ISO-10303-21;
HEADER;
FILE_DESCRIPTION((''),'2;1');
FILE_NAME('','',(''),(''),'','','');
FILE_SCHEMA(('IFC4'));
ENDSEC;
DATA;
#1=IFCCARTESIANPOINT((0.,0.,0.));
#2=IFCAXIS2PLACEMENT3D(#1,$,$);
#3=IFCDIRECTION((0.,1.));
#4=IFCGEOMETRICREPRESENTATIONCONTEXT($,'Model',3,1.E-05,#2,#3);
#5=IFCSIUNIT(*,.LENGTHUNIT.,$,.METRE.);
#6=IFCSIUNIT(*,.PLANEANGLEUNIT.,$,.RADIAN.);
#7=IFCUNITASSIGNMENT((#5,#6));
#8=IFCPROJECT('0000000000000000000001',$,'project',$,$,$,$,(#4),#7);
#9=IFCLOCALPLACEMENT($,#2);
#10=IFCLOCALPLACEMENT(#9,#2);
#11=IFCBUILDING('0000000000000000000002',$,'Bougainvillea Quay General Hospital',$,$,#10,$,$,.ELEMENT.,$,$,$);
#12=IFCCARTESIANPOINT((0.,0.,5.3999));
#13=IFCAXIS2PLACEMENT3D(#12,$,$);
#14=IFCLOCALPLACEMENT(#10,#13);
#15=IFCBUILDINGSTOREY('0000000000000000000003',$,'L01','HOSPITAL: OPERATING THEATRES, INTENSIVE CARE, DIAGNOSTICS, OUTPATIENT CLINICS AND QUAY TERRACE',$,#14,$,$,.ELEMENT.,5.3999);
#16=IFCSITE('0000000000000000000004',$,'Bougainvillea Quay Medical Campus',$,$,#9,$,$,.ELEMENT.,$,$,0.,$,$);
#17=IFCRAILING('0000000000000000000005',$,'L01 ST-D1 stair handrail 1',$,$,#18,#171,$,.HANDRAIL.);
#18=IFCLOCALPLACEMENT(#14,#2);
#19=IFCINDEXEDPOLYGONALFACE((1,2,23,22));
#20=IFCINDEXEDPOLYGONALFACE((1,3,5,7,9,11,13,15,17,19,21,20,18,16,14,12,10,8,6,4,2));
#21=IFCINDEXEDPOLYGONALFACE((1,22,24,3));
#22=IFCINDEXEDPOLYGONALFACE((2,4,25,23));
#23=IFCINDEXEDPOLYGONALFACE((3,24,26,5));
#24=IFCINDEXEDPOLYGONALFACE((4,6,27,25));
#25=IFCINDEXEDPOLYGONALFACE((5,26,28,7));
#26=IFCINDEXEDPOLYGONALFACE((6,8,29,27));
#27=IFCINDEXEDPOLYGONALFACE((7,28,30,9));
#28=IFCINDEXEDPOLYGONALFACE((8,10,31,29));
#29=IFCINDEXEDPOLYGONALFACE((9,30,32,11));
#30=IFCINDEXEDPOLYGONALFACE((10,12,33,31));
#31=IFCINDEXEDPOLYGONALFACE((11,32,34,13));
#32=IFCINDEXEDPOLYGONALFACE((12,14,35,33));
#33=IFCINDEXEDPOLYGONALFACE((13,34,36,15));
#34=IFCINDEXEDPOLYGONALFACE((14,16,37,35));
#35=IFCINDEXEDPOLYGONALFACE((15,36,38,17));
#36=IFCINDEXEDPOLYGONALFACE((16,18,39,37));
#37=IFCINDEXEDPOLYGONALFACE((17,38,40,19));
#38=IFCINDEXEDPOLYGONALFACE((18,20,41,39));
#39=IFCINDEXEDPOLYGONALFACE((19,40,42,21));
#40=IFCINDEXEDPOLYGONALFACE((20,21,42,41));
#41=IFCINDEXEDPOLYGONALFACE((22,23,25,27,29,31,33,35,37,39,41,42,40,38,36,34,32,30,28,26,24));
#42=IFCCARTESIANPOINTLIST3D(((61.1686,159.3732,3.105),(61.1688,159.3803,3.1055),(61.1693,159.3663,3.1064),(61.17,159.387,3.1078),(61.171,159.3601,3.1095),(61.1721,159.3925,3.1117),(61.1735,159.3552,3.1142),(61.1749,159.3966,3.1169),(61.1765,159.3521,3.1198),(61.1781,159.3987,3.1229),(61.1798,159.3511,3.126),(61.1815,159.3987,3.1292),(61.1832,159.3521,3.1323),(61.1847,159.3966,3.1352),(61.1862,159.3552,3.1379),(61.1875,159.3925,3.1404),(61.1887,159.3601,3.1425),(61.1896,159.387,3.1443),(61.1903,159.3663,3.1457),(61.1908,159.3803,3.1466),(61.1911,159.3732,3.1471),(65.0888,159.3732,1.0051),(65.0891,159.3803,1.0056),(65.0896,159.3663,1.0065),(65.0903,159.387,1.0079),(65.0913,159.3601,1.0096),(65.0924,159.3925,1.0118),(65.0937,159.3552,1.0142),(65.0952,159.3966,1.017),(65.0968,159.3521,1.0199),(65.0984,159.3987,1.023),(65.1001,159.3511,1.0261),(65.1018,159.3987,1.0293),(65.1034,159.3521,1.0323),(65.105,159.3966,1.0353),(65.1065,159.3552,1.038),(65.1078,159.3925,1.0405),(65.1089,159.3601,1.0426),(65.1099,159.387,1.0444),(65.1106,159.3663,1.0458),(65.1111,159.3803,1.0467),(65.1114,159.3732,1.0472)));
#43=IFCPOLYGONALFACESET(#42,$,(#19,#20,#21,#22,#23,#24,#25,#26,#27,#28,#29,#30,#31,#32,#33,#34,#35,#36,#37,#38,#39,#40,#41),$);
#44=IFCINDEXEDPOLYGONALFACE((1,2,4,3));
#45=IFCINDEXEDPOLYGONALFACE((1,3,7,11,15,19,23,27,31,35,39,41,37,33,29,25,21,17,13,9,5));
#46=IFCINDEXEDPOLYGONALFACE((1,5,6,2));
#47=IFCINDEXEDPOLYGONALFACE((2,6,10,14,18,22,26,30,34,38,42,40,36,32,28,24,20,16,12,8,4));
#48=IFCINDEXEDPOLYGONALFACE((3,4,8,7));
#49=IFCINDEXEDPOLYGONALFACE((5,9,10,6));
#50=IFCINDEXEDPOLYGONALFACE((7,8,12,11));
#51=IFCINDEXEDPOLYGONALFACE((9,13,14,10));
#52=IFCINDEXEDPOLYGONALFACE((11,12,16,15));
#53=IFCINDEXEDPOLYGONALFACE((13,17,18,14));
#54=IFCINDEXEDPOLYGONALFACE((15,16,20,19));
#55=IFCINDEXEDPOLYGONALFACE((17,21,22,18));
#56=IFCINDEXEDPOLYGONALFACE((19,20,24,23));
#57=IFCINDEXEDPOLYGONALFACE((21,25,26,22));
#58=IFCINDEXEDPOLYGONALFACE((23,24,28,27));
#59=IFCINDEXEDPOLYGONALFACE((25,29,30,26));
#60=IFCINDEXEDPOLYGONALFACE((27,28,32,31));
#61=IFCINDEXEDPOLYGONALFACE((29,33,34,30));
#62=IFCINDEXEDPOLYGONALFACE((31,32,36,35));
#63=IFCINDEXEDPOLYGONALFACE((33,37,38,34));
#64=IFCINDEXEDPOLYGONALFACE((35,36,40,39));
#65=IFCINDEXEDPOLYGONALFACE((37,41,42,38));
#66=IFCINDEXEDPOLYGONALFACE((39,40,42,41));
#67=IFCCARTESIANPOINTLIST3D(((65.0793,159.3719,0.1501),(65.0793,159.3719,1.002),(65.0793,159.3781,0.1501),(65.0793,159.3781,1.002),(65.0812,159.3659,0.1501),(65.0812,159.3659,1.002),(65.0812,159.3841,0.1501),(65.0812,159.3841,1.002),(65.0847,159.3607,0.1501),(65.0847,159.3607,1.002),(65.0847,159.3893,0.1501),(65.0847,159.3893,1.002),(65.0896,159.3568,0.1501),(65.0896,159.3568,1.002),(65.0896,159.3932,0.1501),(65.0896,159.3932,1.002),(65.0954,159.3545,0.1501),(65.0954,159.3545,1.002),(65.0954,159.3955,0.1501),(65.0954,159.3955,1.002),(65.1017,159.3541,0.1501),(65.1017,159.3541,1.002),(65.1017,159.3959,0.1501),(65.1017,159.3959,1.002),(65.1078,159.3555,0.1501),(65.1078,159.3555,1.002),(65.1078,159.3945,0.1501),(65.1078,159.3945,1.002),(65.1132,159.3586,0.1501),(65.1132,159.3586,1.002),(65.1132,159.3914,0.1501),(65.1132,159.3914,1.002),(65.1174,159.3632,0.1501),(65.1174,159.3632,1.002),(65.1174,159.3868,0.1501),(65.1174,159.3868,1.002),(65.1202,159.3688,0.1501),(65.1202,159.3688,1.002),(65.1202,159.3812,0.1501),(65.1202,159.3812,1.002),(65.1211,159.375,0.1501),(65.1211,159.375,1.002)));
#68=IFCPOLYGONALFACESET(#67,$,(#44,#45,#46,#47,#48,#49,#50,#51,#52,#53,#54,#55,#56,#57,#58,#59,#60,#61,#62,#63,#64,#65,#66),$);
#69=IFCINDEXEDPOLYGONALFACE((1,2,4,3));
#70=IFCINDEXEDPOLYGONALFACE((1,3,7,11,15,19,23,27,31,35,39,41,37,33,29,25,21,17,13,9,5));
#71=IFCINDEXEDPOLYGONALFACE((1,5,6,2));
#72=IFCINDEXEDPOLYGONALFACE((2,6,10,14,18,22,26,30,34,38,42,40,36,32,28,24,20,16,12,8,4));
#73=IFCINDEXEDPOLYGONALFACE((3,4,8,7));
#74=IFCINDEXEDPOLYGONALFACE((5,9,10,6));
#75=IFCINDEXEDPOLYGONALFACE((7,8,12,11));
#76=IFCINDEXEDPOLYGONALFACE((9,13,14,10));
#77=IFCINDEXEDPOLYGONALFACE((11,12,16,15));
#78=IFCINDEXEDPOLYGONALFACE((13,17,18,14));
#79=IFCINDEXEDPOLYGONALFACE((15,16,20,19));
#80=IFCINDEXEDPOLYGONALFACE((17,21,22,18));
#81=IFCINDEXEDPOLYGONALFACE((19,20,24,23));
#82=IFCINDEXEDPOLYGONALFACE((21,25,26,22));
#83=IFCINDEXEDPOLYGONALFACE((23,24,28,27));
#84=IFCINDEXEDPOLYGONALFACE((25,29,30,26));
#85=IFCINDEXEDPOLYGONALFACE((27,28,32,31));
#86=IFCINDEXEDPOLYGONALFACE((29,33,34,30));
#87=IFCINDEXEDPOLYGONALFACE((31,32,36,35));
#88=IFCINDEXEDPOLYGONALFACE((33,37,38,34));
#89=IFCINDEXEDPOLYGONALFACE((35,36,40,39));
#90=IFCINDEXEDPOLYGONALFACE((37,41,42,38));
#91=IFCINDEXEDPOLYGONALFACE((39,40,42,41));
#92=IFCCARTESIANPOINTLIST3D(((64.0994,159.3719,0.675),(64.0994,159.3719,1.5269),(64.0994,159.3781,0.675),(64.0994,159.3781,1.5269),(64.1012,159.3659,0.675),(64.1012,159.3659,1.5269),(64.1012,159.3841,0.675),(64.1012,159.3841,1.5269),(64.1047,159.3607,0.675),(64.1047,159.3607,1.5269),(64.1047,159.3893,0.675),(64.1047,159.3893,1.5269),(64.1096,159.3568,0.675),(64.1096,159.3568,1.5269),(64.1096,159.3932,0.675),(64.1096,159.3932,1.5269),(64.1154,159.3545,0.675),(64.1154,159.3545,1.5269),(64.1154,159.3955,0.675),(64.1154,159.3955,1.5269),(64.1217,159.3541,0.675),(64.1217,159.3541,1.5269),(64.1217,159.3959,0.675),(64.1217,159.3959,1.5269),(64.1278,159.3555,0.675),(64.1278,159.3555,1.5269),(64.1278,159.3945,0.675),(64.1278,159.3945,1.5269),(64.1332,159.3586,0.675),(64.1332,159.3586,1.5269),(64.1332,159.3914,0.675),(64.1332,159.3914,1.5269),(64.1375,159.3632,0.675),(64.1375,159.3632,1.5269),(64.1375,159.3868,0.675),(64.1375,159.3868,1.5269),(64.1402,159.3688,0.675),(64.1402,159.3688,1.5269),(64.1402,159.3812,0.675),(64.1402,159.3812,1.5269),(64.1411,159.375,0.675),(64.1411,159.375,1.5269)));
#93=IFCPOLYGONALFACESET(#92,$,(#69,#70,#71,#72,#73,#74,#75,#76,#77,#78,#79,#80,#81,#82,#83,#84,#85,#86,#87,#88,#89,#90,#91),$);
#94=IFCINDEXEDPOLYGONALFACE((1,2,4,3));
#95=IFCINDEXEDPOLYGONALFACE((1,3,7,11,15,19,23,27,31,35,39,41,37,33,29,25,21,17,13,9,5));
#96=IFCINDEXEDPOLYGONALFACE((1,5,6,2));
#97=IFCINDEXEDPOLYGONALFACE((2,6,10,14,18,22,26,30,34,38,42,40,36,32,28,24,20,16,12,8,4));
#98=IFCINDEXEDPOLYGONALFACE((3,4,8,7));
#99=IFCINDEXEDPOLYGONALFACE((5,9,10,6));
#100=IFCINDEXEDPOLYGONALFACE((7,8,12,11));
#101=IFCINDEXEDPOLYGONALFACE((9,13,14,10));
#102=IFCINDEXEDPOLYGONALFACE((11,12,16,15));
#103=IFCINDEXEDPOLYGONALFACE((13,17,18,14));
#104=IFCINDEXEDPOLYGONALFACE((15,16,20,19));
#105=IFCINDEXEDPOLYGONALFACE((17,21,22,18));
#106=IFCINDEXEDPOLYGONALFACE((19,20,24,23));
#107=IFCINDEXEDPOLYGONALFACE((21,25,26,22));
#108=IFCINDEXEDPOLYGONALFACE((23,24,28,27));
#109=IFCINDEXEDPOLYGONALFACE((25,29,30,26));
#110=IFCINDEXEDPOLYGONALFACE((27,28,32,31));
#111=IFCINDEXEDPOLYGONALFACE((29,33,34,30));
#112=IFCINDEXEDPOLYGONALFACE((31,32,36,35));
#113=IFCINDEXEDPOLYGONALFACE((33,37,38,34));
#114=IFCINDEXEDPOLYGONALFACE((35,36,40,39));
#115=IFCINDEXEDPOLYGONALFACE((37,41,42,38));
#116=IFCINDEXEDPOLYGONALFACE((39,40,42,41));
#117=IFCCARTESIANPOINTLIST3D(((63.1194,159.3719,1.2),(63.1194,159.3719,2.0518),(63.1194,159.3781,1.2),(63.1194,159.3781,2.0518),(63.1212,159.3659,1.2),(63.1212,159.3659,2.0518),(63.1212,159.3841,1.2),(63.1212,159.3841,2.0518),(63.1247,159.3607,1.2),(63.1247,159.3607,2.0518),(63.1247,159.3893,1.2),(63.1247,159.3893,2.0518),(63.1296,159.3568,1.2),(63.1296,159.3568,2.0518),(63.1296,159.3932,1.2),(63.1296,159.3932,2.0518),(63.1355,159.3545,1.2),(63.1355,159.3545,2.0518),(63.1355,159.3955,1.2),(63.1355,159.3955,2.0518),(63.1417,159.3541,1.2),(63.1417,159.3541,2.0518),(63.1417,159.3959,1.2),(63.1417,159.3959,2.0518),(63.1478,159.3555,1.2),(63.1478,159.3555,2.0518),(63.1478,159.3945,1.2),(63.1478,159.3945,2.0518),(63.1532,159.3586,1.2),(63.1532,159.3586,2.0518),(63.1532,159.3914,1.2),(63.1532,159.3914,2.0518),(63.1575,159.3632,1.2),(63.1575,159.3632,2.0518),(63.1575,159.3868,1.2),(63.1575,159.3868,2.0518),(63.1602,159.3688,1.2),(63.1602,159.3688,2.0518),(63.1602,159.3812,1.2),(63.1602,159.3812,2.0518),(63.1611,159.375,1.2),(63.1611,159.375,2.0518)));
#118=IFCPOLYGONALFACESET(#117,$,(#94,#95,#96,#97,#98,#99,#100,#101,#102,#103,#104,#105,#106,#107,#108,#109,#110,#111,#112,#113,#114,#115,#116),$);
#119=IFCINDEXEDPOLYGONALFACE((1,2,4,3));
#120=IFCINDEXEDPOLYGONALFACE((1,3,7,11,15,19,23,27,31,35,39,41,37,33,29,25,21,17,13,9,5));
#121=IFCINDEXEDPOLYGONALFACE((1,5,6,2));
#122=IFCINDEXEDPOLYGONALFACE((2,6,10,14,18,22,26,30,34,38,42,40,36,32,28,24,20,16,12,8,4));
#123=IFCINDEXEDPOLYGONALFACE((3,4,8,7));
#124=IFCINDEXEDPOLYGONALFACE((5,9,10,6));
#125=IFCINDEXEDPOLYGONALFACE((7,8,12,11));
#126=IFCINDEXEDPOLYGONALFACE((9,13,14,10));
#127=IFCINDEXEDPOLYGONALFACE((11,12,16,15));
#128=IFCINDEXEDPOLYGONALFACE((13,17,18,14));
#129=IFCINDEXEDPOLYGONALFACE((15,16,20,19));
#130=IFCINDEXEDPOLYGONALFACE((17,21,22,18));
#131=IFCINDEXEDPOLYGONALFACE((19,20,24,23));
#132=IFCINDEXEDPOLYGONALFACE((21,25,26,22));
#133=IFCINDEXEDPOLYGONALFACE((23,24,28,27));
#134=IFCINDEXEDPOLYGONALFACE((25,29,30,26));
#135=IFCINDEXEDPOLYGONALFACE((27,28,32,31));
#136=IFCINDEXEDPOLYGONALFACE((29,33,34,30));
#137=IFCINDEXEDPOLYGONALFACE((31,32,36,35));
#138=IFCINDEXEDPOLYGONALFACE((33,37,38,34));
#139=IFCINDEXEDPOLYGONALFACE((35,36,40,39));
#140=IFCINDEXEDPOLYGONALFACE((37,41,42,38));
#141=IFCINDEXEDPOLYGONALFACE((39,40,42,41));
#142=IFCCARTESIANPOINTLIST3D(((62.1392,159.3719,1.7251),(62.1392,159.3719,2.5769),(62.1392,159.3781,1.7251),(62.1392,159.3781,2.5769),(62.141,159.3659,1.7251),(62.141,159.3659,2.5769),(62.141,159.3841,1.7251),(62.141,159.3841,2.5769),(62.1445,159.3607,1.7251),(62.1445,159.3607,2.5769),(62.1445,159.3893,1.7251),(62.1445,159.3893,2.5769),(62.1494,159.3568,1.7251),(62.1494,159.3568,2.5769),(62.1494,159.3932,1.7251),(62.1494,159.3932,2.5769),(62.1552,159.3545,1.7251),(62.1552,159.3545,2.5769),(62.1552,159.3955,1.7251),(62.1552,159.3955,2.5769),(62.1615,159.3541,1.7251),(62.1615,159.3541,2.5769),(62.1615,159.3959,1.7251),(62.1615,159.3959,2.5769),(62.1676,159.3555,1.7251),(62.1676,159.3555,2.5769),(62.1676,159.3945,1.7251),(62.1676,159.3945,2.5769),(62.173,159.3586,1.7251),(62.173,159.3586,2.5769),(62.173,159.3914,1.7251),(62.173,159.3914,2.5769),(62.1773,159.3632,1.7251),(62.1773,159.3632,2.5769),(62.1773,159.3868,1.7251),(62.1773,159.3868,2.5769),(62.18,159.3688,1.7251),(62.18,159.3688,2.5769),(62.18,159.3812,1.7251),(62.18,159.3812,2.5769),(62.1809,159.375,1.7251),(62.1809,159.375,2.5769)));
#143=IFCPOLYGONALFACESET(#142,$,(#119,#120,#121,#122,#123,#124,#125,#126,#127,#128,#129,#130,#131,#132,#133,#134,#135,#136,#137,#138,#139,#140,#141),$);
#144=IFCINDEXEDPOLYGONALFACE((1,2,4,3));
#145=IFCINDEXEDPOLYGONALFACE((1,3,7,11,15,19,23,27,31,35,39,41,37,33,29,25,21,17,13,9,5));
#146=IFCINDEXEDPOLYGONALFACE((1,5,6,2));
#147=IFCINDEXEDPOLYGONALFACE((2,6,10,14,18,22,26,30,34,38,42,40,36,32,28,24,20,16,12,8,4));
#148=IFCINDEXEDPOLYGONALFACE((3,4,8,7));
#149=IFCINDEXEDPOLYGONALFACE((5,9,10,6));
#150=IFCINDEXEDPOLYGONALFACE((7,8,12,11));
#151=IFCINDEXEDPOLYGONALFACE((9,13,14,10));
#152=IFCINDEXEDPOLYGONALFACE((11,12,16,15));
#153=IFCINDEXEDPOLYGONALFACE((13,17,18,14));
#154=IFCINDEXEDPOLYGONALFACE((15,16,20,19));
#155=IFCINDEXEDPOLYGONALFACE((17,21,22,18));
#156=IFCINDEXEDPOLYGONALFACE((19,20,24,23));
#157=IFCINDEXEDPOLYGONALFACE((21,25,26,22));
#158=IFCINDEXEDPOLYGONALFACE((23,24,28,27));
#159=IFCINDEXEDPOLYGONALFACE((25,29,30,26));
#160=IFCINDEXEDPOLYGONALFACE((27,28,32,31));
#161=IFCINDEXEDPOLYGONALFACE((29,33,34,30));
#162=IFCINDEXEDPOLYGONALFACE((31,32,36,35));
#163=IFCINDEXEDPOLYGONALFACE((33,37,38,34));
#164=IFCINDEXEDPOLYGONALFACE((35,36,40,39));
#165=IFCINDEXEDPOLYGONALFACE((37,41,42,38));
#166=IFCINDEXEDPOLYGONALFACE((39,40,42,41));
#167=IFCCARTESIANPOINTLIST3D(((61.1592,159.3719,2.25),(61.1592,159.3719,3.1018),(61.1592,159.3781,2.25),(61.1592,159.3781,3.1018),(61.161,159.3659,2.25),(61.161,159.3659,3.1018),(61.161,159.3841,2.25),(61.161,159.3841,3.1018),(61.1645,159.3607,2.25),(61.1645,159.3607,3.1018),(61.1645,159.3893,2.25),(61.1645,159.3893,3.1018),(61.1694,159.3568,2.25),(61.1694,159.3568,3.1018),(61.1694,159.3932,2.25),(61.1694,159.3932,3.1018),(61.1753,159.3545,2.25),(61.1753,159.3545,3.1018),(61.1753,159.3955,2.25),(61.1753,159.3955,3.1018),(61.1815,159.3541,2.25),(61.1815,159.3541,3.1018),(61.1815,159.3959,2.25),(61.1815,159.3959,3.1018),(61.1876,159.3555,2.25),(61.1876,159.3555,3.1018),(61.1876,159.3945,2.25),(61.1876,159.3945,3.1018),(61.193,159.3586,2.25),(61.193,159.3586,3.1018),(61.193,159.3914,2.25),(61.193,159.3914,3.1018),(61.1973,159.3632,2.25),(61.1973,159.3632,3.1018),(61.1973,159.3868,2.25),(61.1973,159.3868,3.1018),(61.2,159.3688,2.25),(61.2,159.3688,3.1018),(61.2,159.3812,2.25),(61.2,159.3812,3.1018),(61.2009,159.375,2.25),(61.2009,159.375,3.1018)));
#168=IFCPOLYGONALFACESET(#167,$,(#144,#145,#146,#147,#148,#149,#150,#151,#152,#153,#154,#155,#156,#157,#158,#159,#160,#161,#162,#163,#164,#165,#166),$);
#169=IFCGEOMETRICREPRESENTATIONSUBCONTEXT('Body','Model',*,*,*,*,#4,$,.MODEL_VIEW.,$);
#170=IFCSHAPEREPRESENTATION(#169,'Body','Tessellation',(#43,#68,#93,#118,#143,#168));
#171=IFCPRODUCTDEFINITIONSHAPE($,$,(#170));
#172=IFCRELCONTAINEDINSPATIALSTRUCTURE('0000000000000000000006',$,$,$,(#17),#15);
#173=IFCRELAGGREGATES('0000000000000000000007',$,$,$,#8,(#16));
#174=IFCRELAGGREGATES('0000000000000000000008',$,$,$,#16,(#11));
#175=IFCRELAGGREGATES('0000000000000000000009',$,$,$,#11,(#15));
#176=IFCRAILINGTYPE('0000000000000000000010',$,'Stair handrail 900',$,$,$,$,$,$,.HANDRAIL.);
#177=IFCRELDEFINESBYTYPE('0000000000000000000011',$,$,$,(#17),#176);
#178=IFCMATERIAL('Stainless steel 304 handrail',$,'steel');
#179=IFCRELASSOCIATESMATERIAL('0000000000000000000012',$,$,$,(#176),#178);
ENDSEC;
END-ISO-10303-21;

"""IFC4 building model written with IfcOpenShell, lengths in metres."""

from ifc_helpers import new_model, si_unit, direction, frame, origin, origin_2d, place, context, subcontext, project, spatial, circle, extrude, material, type_object, element, save


model = new_model("IFC4")

# Units and contexts
model_context = context("Model", 3, precision=1e-05, world=origin(), true_north=direction((0.0, 1.0)))
body_context = subcontext(model_context, "Body", "Model", "MODEL_VIEW")
ifc_project = project(units=[si_unit("LENGTHUNIT", "METRE"), si_unit("PLANEANGLEUNIT", "RADIAN")], contexts=[model_context])

# Site, building, storey
site_placement = place(None, origin())
site = spatial("IfcSite", under=ifc_project, at=site_placement, Name="Bougainvillea Quay Medical Campus", CompositionType="ELEMENT", RefElevation=0.0)
building_placement = place(site_placement, origin())
building = spatial("IfcBuilding", under=site, at=building_placement, Name="Bougainvillea Quay General Hospital", CompositionType="ELEMENT")
storey_placement = place(building_placement, frame((0.0, 0.0, 5.3999)))
storey = spatial("IfcBuildingStorey", under=building, at=storey_placement, Name="L01", Description="HOSPITAL: OPERATING THEATRES, INTENSIVE CARE, DIAGNOSTICS, OUTPATIENT CLINICS AND QUAY TERRACE", CompositionType="ELEMENT", Elevation=5.3999)

# Railing
ifc_material_1 = material(Name="Stainless steel 304 handrail", Category="steel")
railing_type_1 = type_object("IfcRailingType", Name="Stair handrail 900", PredefinedType="HANDRAIL", material=ifc_material_1)
railing_1_placement = place(storey_placement, frame((65.1001, 159.375, 0.1501)))
element("IfcRailing", 1, at=railing_1_placement, inside=storey, type_object=railing_type_1, Name="L01 ST-D1 stair handrail 1", PredefinedType="HANDRAIL", context=body_context, shape_type="SweptSolid", body=[
    extrude(circle(Radius=0.0239, at=origin_2d()), frame((0.0, 0.0, 0.876), z_axis=(-0.881502, 0.0, 0.47218), x_axis=(0.0, -1.0, 0.0)), (0.0, 0.0, 1.0), 4.4473),
    extrude(circle(Radius=0.021, at=origin_2d()), origin(), (0.0, 0.0, 1.0), 0.8518),
    extrude(circle(Radius=0.021, at=origin_2d()), frame((-0.98, 0.0, 0.5249)), (0.0, 0.0, 1.0), 0.8518),
    extrude(circle(Radius=0.021, at=origin_2d()), frame((-1.96, 0.0, 1.0498)), (0.0, 0.0, 1.0), 0.8518),
    extrude(circle(Radius=0.021, at=origin_2d()), frame((-2.9402, 0.0, 1.575)), (0.0, 0.0, 1.0), 0.8518),
    extrude(circle(Radius=0.021, at=origin_2d()), frame((-3.9202, 0.0, 2.0999)), (0.0, 0.0, 1.0), 0.8518),
])

save(model, "model.ifc")
